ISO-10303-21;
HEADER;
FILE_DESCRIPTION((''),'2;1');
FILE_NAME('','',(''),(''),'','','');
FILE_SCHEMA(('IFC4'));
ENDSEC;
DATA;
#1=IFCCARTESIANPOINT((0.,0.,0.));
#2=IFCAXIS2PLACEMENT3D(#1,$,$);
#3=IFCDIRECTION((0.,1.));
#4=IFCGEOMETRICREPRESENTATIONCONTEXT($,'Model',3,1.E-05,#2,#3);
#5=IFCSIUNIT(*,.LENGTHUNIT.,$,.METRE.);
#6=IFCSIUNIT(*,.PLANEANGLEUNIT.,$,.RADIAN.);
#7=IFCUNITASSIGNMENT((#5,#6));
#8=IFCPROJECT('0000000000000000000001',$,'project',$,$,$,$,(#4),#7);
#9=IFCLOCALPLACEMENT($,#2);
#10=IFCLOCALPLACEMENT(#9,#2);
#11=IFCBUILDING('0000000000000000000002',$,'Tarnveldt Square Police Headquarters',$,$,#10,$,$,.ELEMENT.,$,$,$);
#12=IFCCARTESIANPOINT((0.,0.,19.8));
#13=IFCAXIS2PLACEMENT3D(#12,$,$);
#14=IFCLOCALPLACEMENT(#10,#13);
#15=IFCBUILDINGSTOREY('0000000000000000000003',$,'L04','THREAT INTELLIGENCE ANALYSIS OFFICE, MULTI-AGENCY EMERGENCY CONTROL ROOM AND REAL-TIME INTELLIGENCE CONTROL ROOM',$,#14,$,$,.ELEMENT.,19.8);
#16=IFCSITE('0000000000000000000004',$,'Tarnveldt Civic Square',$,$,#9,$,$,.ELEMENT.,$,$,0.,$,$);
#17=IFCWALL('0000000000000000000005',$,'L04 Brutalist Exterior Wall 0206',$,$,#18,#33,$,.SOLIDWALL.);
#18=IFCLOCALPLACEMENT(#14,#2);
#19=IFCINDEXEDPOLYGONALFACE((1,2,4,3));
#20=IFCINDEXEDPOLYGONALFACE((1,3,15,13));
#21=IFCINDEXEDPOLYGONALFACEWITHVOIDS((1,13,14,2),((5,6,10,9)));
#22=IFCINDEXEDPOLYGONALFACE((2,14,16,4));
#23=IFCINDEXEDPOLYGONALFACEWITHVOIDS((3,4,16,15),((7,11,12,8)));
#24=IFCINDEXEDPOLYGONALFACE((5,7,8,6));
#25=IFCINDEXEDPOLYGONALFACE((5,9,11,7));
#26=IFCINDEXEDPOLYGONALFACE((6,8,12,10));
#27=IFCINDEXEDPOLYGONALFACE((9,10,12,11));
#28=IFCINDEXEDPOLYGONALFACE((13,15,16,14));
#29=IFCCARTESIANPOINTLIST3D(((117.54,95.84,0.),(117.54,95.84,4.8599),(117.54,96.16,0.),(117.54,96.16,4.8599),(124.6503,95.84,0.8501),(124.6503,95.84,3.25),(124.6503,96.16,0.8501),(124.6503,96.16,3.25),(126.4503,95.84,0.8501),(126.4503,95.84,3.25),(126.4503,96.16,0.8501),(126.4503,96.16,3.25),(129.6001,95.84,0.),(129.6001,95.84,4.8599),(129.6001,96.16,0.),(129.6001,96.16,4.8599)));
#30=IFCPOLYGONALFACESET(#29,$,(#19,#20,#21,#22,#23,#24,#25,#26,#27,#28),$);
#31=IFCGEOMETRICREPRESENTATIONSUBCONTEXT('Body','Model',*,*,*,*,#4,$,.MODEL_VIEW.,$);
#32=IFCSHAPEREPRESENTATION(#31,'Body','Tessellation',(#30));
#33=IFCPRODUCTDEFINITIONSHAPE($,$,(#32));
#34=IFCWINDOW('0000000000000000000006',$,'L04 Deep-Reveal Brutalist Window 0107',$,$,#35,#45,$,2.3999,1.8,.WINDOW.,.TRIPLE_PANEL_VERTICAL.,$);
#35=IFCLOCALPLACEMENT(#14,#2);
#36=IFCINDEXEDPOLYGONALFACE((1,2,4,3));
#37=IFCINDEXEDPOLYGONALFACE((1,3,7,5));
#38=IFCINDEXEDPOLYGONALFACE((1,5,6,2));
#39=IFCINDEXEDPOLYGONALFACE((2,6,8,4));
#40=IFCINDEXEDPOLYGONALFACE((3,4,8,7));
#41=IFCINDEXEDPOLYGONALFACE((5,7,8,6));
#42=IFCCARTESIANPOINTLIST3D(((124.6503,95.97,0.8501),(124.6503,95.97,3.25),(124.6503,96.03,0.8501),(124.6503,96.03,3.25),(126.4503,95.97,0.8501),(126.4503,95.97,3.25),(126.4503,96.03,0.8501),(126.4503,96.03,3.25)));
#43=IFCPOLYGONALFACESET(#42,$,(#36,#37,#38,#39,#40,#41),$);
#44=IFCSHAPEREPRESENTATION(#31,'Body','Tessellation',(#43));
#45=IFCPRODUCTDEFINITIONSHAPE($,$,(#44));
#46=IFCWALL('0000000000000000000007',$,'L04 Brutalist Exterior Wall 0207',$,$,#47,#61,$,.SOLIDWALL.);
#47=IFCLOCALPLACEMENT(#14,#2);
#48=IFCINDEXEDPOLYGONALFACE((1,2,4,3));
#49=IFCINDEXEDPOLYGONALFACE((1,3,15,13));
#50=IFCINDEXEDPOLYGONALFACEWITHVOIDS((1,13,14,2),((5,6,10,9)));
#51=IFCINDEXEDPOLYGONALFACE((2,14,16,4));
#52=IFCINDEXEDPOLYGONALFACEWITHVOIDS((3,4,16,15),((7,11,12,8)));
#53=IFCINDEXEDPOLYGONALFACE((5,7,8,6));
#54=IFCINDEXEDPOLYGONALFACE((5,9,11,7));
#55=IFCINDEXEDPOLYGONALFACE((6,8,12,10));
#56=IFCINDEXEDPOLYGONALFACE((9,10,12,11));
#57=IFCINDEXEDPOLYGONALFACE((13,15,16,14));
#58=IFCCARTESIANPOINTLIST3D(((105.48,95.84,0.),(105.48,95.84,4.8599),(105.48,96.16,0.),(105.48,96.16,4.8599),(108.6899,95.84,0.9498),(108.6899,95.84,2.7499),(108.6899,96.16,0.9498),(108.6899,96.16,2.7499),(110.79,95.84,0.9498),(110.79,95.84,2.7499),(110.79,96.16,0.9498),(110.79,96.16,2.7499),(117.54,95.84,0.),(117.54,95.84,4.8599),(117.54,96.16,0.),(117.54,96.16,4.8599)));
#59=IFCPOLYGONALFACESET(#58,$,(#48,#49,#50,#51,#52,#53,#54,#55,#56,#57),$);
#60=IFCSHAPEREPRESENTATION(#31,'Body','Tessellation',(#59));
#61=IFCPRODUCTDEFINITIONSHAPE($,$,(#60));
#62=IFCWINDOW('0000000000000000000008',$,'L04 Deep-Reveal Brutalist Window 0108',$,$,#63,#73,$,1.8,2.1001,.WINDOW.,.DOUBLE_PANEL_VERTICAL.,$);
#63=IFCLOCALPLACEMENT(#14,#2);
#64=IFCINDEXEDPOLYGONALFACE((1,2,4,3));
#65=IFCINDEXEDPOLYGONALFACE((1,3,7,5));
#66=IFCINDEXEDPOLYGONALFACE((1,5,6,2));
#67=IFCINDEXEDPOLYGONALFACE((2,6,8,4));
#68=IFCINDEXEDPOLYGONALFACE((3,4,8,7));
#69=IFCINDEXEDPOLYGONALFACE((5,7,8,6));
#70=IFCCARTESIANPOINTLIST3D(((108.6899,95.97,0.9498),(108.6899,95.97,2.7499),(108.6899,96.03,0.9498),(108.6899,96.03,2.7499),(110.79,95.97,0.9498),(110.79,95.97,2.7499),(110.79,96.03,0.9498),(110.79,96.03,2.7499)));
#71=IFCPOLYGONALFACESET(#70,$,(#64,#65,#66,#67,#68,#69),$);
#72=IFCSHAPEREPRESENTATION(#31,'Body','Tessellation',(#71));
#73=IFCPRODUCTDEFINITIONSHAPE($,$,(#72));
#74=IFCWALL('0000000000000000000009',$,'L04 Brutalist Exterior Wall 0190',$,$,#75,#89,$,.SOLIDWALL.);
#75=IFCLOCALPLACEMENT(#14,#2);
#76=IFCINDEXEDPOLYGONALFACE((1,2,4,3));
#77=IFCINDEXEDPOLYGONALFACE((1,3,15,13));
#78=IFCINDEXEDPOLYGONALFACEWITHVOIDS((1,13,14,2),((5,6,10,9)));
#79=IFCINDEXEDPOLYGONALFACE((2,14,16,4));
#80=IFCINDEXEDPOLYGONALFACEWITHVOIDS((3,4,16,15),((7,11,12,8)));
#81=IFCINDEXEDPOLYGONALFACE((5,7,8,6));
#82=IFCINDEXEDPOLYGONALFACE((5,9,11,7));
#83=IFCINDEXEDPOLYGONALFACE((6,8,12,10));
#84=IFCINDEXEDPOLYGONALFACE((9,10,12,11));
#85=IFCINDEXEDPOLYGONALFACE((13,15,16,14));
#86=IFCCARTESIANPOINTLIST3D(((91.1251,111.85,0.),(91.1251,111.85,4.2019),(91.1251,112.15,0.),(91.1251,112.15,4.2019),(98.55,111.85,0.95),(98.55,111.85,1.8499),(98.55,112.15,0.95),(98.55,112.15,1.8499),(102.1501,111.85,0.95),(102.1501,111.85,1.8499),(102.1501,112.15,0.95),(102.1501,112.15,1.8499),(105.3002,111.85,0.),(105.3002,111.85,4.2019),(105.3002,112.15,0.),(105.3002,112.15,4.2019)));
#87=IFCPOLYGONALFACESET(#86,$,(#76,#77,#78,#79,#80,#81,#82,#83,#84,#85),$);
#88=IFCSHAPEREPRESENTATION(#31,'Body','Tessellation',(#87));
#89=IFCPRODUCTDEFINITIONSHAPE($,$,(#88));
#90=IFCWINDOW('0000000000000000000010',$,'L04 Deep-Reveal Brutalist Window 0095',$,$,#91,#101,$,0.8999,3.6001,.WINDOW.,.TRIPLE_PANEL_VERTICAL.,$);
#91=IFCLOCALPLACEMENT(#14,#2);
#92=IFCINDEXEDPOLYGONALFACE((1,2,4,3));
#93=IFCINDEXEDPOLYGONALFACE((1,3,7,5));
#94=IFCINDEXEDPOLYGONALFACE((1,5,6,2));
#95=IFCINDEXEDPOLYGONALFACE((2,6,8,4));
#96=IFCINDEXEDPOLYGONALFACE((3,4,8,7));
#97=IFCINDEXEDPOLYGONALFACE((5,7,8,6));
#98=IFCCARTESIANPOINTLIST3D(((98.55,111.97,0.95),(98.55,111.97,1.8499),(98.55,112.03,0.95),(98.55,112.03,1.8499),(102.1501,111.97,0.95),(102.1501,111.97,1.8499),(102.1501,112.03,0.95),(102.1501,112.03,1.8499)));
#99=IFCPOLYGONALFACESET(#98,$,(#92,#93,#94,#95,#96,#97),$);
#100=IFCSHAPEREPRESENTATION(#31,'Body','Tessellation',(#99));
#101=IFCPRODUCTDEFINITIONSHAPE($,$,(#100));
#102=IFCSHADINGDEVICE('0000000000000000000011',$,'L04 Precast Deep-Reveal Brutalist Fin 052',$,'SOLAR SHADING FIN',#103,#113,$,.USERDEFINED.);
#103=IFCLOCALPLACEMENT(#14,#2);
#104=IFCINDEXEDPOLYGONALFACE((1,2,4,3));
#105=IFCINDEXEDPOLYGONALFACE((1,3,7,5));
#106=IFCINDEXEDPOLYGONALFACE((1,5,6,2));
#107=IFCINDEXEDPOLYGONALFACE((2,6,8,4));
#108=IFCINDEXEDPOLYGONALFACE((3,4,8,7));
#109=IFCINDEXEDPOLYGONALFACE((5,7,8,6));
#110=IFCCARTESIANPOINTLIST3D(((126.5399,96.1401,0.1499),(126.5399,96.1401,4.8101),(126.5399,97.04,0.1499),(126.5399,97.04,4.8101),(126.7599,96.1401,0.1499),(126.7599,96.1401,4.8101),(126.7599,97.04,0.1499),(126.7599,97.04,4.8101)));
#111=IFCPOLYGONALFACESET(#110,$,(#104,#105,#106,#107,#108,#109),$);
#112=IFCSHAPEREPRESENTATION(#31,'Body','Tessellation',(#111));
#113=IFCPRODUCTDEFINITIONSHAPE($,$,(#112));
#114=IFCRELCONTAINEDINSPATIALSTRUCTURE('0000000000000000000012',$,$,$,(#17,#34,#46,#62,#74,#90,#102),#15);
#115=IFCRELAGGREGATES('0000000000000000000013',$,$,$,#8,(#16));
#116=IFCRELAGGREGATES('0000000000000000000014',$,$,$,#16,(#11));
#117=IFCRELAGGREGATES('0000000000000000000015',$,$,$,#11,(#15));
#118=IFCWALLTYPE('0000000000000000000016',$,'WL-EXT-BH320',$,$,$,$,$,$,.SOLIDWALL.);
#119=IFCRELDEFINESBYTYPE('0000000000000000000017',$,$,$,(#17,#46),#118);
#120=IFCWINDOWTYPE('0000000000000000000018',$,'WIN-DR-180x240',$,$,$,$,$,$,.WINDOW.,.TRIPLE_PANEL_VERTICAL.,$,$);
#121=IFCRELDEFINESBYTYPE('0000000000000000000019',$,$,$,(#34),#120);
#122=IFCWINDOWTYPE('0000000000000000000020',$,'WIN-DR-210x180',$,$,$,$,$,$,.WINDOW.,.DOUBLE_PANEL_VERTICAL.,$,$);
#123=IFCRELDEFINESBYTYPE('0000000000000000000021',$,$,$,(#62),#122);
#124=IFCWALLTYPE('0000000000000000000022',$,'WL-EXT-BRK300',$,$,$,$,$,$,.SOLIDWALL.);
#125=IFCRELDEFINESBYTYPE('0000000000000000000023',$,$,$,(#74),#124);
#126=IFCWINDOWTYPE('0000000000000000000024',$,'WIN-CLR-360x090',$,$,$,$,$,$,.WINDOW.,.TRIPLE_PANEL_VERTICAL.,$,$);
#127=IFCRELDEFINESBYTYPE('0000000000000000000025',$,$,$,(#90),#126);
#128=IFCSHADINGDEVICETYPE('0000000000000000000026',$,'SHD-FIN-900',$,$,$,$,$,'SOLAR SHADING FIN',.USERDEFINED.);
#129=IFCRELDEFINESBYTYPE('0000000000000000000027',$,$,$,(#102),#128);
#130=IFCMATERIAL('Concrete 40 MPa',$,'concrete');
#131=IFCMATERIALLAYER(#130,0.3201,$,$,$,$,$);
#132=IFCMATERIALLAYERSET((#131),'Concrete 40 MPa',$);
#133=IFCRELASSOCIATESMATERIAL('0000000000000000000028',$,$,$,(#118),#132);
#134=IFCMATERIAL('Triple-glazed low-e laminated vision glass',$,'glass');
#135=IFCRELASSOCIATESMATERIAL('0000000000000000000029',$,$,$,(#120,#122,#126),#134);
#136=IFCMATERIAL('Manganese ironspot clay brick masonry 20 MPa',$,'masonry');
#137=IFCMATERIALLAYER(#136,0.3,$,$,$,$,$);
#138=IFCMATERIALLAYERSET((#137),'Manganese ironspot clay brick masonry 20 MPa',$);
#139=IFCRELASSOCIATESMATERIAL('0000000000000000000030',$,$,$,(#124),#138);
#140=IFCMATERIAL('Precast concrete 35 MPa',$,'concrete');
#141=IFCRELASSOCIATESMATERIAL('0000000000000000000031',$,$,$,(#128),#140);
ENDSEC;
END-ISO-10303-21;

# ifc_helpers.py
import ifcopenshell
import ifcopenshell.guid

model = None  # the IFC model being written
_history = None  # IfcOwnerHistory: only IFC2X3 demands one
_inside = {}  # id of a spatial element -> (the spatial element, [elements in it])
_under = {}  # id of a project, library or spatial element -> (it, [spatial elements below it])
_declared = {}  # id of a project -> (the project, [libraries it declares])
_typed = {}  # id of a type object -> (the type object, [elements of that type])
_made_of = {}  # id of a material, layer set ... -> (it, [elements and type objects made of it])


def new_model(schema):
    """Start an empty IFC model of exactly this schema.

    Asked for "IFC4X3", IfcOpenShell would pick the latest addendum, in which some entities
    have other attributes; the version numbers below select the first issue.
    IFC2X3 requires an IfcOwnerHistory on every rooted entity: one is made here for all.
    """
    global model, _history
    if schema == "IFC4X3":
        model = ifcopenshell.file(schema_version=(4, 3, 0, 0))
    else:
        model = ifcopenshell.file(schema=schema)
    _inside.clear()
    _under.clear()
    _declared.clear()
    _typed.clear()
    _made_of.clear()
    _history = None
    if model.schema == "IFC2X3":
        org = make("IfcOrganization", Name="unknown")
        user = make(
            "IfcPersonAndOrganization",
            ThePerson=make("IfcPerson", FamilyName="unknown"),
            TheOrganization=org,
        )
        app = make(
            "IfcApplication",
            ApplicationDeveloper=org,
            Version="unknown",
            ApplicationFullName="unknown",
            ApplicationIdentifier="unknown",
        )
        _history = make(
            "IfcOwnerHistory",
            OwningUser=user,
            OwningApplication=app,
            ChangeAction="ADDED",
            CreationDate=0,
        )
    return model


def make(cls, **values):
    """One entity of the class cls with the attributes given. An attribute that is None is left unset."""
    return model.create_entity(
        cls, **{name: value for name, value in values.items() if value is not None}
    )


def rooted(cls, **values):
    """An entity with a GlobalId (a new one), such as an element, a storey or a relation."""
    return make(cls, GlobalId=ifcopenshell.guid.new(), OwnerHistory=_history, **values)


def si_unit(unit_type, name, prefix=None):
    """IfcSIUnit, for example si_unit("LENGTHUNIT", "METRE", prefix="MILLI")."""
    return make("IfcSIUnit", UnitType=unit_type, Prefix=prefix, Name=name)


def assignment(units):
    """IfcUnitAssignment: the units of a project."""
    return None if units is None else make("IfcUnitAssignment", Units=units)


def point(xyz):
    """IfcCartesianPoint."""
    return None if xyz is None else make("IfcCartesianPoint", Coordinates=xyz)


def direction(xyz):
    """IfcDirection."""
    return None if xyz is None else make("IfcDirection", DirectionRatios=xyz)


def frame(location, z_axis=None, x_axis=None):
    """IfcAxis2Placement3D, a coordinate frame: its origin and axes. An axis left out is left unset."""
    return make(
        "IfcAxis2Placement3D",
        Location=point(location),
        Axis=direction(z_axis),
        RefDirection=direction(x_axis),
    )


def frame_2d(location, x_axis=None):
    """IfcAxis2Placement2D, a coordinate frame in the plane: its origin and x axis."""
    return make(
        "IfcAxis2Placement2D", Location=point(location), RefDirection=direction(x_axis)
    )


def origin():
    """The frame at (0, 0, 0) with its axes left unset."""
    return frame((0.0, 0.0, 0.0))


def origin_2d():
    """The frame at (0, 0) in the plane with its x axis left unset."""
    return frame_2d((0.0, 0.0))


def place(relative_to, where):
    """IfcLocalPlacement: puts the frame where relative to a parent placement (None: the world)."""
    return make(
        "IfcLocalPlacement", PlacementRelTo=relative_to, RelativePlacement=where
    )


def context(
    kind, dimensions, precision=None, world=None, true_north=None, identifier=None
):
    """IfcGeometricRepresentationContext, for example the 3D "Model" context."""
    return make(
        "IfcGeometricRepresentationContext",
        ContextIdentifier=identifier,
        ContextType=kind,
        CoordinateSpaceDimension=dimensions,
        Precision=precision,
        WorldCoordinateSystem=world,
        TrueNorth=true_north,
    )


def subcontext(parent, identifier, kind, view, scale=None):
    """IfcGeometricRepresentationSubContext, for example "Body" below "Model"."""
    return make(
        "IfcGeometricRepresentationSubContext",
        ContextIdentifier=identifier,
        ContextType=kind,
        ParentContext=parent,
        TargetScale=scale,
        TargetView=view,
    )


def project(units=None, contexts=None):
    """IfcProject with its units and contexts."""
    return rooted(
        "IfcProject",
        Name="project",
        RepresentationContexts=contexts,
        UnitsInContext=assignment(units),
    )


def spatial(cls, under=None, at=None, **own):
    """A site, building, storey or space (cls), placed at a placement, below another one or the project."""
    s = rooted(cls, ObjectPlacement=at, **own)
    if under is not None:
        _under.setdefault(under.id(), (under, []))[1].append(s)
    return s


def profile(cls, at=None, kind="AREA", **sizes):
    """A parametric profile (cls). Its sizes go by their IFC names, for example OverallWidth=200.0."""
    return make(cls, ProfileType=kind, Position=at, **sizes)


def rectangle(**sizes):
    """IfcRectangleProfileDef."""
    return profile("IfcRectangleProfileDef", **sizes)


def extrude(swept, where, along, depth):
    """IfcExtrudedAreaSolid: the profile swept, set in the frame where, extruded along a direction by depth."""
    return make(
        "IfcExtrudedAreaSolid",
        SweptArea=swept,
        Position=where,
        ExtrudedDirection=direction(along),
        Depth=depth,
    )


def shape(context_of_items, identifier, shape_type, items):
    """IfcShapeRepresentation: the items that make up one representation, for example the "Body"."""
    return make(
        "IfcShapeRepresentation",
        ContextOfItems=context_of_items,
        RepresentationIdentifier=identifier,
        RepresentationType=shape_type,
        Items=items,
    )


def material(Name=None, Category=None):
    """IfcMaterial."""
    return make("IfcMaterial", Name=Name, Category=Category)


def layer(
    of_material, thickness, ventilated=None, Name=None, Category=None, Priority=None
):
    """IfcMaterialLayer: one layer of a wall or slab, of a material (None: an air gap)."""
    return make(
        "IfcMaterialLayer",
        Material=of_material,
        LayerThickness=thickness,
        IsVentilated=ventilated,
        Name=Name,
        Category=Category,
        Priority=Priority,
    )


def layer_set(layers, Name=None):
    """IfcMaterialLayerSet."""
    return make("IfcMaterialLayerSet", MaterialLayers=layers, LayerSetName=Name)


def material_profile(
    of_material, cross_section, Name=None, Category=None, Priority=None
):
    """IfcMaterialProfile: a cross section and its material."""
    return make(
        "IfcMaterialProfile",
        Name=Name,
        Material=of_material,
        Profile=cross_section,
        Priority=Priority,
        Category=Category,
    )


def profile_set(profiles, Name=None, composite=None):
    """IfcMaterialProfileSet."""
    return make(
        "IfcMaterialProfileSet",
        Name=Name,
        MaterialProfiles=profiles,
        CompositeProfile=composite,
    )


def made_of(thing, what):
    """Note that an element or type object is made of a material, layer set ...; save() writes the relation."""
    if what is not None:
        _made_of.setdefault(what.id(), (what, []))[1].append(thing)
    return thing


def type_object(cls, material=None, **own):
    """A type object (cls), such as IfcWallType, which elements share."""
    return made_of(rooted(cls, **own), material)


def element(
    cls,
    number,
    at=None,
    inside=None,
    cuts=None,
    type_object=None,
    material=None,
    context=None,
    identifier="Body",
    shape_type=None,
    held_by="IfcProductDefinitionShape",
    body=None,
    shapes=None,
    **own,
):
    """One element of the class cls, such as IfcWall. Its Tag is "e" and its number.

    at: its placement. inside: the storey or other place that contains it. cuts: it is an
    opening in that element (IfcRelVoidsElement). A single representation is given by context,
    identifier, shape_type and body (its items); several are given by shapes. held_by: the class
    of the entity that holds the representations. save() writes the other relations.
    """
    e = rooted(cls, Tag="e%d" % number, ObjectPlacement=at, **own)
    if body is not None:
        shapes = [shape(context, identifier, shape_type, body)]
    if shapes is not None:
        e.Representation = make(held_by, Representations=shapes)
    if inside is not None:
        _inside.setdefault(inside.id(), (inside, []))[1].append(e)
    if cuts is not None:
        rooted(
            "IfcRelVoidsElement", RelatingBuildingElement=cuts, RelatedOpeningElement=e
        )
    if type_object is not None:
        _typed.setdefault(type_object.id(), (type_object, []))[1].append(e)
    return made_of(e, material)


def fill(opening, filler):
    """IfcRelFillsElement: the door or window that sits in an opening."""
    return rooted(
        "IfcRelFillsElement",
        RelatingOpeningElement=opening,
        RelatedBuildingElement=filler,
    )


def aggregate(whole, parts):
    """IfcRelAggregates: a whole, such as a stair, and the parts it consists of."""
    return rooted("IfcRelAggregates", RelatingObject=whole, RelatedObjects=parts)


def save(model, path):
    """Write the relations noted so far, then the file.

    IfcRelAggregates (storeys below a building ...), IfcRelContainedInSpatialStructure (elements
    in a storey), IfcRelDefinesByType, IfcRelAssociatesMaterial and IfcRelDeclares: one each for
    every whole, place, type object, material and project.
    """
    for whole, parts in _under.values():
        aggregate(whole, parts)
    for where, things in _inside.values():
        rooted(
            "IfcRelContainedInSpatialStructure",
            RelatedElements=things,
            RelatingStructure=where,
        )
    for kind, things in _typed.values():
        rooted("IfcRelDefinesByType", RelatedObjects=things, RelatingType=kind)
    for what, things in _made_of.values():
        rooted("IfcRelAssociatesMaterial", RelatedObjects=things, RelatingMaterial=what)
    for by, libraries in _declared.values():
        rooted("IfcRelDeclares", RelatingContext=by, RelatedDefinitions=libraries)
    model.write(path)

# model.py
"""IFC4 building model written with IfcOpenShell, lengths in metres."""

from ifc_helpers import new_model, si_unit, direction, frame, frame_2d, origin, origin_2d, place, context, subcontext, project, spatial, rectangle, extrude, material, layer, layer_set, material_profile, profile_set, type_object, element, fill, save


model = new_model("IFC4")

# Units and contexts
model_context = context("Model", 3, precision=1e-05, world=origin(), true_north=direction((0.0, 1.0)))
body_context = subcontext(model_context, "Body", "Model", "MODEL_VIEW")
ifc_project = project(units=[si_unit("LENGTHUNIT", "METRE"), si_unit("PLANEANGLEUNIT", "RADIAN")], contexts=[model_context])

# Site, building, storey
site_placement = place(None, origin())
site = spatial("IfcSite", under=ifc_project, at=site_placement, Name="Tarnveldt Civic Square", CompositionType="ELEMENT", RefElevation=0.0)
building_placement = place(site_placement, origin())
building = spatial("IfcBuilding", under=site, at=building_placement, Name="Tarnveldt Square Police Headquarters", CompositionType="ELEMENT")
storey_placement = place(building_placement, frame((0.0, 0.0, 19.8)))
storey = spatial("IfcBuildingStorey", under=building, at=storey_placement, Name="L04", Description="THREAT INTELLIGENCE ANALYSIS OFFICE, MULTI-AGENCY EMERGENCY CONTROL ROOM AND REAL-TIME INTELLIGENCE CONTROL ROOM", CompositionType="ELEMENT", Elevation=19.8)

# Shared definitions
ifc_material_1 = material(Name="Concrete 40 MPa", Category="concrete")

# Shared definitions
ifc_material_2 = material(Name="Triple-glazed low-e laminated vision glass", Category="glass")

# Shared definitions
ifc_layer_1 = layer(ifc_material_1, 0.3201)
ifc_layer_set_1 = layer_set([ifc_layer_1], Name="Concrete 40 MPa")
wall_type_1 = type_object("IfcWallType", Name="WL-EXT-BH320", PredefinedType="SOLIDWALL", material=ifc_layer_set_1)

# Walls, openings, windows
wall_1_placement = place(storey_placement, frame((129.6001, 96.0, 0.0), z_axis=(0.0, 0.0, 1.0), x_axis=(-1.0, 0.0, 0.0)))
wall_1 = element("IfcWall", 1, at=wall_1_placement, inside=storey, type_object=wall_type_1, Name="L04 Brutalist Exterior Wall 0206", PredefinedType="SOLIDWALL", context=body_context, shape_type="SweptSolid", body=[
    extrude(rectangle(XDim=12.0601, YDim=0.3201, at=frame_2d((6.03, 0.0))), origin(), (0.0, 0.0, 1.0), 4.8599),
])
opening_1_placement = place(wall_1_placement, frame((3.1499, 0.0, 0.8501)))
opening_1 = element("IfcOpeningElement", 2, at=opening_1_placement, cuts=wall_1, PredefinedType="OPENING", context=body_context, shape_type="SweptSolid", body=[
    extrude(rectangle(XDim=1.8, YDim=2.3999, at=frame_2d((0.8999, 1.2))), frame((0.0, 0.1699, 0.0), z_axis=(0.0, -1.0, 0.0), x_axis=(1.0, 0.0, 0.0)), (0.0, 0.0, 1.0), 0.3401),
])
window_type_1 = type_object("IfcWindowType", Name="WIN-DR-180x240", PartitioningType="TRIPLE_PANEL_VERTICAL", PredefinedType="WINDOW", material=ifc_material_2)
window_1_placement = place(opening_1_placement, origin())
window_1 = element("IfcWindow", 3, at=window_1_placement, inside=storey, type_object=window_type_1, Name="L04 Deep-Reveal Brutalist Window 0107", OverallHeight=2.3999, OverallWidth=1.8, PartitioningType="TRIPLE_PANEL_VERTICAL", PredefinedType="WINDOW", context=body_context, shape_type="SweptSolid", body=[
    extrude(rectangle(XDim=1.8, YDim=2.3999, at=frame_2d((0.8999, 1.2))), frame((0.0, 0.03, 0.0), z_axis=(0.0, -1.0, 0.0), x_axis=(1.0, 0.0, 0.0)), (0.0, 0.0, 1.0), 0.0601),
])
fill(opening_1, window_1)
wall_2_placement = place(storey_placement, frame((117.54, 96.0, 0.0), z_axis=(0.0, 0.0, 1.0), x_axis=(-1.0, 0.0, 0.0)))
wall_2 = element("IfcWall", 4, at=wall_2_placement, inside=storey, type_object=wall_type_1, Name="L04 Brutalist Exterior Wall 0207", PredefinedType="SOLIDWALL", context=body_context, shape_type="SweptSolid", body=[
    extrude(rectangle(XDim=12.0601, YDim=0.3201, at=frame_2d((6.03, 0.0))), origin(), (0.0, 0.0, 1.0), 4.8599),
])
opening_2_placement = place(wall_2_placement, frame((6.75, 0.0, 0.95)))
opening_2 = element("IfcOpeningElement", 5, at=opening_2_placement, cuts=wall_2, PredefinedType="OPENING", context=body_context, shape_type="SweptSolid", body=[
    extrude(rectangle(XDim=2.1001, YDim=1.8, at=frame_2d((1.05, 0.8999))), frame((0.0, 0.1699, 0.0), z_axis=(0.0, -1.0, 0.0), x_axis=(1.0, 0.0, 0.0)), (0.0, 0.0, 1.0), 0.3401),
])
window_type_2 = type_object("IfcWindowType", Name="WIN-DR-210x180", PartitioningType="DOUBLE_PANEL_VERTICAL", PredefinedType="WINDOW", material=ifc_material_2)
window_2_placement = place(opening_2_placement, origin())
window_2 = element("IfcWindow", 6, at=window_2_placement, inside=storey, type_object=window_type_2, Name="L04 Deep-Reveal Brutalist Window 0108", OverallHeight=1.8, OverallWidth=2.1001, PartitioningType="DOUBLE_PANEL_VERTICAL", PredefinedType="WINDOW", context=body_context, shape_type="SweptSolid", body=[
    extrude(rectangle(XDim=2.1001, YDim=1.8, at=frame_2d((1.05, 0.8999))), frame((0.0, 0.03, 0.0), z_axis=(0.0, -1.0, 0.0), x_axis=(1.0, 0.0, 0.0)), (0.0, 0.0, 1.0), 0.0601),
])
fill(opening_2, window_2)
ifc_material_3 = material(Name="Manganese ironspot clay brick masonry 20 MPa", Category="masonry")
ifc_layer_2 = layer(ifc_material_3, 0.3)
ifc_layer_set_2 = layer_set([ifc_layer_2], Name="Manganese ironspot clay brick masonry 20 MPa")
wall_type_2 = type_object("IfcWallType", Name="WL-EXT-BRK300", PredefinedType="SOLIDWALL", material=ifc_layer_set_2)
wall_3_placement = place(storey_placement, frame((105.3, 112.0, 0.0), z_axis=(0.0, 0.0, 1.0), x_axis=(-1.0, 0.0, 0.0)))
wall_3 = element("IfcWall", 7, at=wall_3_placement, inside=storey, type_object=wall_type_2, Name="L04 Brutalist Exterior Wall 0190", PredefinedType="SOLIDWALL", context=body_context, shape_type="SweptSolid", body=[
    extrude(rectangle(XDim=14.175, YDim=0.3, at=frame_2d((7.0874, 0.0))), origin(), (0.0, 0.0, 1.0), 4.2019),
])
opening_3_placement = place(wall_3_placement, frame((3.1499, 0.0, 0.95)))
opening_3 = element("IfcOpeningElement", 8, at=opening_3_placement, cuts=wall_3, PredefinedType="OPENING", context=body_context, shape_type="SweptSolid", body=[
    extrude(rectangle(XDim=3.6001, YDim=0.8999, at=frame_2d((1.8, 0.45))), frame((0.0, 0.1599, 0.0), z_axis=(0.0, -1.0, 0.0), x_axis=(1.0, 0.0, 0.0)), (0.0, 0.0, 1.0), 0.3201),
])
window_type_3 = type_object("IfcWindowType", Name="WIN-CLR-360x090", PartitioningType="TRIPLE_PANEL_VERTICAL", PredefinedType="WINDOW", material=ifc_material_2)
window_3_placement = place(opening_3_placement, origin())
window_3 = element("IfcWindow", 9, at=window_3_placement, inside=storey, type_object=window_type_3, Name="L04 Deep-Reveal Brutalist Window 0095", OverallHeight=0.8999, OverallWidth=3.6001, PartitioningType="TRIPLE_PANEL_VERTICAL", PredefinedType="WINDOW", context=body_context, shape_type="SweptSolid", body=[
    extrude(rectangle(XDim=3.6001, YDim=0.8999, at=frame_2d((1.8, 0.45))), frame((0.0, 0.03, 0.0), z_axis=(0.0, -1.0, 0.0), x_axis=(1.0, 0.0, 0.0)), (0.0, 0.0, 1.0), 0.0601),
])
fill(opening_3, window_3)

# Shading device
ifc_material_4 = material(Name="Precast concrete 35 MPa", Category="concrete")
ifc_material_profile_1 = material_profile(ifc_material_4, rectangle(XDim=0.22, YDim=0.8999, at=origin_2d()), Name="PC-FIN220x900")
ifc_profile_set_1 = profile_set([ifc_material_profile_1], Name="Precast concrete 35 MPa")
shading_device_type = type_object("IfcShadingDeviceType", Name="SHD-FIN-900", ElementType="SOLAR SHADING FIN", PredefinedType="USERDEFINED", material=ifc_profile_set_1)
shading_device_placement = place(storey_placement, frame((126.6499, 96.5901, 0.1499), z_axis=(0.0, 0.0, 1.0), x_axis=(-1.0, 0.0, 0.0)))
element("IfcShadingDevice", 10, at=shading_device_placement, inside=storey, type_object=shading_device_type, Name="L04 Precast Deep-Reveal Brutalist Fin 052", ObjectType="SOLAR SHADING FIN", PredefinedType="USERDEFINED", context=body_context, shape_type="SweptSolid", body=[
    extrude(rectangle(XDim=0.22, YDim=0.8999, at=origin_2d()), origin(), (0.0, 0.0, 1.0), 4.6602),
])

save(model, "model.ifc")
